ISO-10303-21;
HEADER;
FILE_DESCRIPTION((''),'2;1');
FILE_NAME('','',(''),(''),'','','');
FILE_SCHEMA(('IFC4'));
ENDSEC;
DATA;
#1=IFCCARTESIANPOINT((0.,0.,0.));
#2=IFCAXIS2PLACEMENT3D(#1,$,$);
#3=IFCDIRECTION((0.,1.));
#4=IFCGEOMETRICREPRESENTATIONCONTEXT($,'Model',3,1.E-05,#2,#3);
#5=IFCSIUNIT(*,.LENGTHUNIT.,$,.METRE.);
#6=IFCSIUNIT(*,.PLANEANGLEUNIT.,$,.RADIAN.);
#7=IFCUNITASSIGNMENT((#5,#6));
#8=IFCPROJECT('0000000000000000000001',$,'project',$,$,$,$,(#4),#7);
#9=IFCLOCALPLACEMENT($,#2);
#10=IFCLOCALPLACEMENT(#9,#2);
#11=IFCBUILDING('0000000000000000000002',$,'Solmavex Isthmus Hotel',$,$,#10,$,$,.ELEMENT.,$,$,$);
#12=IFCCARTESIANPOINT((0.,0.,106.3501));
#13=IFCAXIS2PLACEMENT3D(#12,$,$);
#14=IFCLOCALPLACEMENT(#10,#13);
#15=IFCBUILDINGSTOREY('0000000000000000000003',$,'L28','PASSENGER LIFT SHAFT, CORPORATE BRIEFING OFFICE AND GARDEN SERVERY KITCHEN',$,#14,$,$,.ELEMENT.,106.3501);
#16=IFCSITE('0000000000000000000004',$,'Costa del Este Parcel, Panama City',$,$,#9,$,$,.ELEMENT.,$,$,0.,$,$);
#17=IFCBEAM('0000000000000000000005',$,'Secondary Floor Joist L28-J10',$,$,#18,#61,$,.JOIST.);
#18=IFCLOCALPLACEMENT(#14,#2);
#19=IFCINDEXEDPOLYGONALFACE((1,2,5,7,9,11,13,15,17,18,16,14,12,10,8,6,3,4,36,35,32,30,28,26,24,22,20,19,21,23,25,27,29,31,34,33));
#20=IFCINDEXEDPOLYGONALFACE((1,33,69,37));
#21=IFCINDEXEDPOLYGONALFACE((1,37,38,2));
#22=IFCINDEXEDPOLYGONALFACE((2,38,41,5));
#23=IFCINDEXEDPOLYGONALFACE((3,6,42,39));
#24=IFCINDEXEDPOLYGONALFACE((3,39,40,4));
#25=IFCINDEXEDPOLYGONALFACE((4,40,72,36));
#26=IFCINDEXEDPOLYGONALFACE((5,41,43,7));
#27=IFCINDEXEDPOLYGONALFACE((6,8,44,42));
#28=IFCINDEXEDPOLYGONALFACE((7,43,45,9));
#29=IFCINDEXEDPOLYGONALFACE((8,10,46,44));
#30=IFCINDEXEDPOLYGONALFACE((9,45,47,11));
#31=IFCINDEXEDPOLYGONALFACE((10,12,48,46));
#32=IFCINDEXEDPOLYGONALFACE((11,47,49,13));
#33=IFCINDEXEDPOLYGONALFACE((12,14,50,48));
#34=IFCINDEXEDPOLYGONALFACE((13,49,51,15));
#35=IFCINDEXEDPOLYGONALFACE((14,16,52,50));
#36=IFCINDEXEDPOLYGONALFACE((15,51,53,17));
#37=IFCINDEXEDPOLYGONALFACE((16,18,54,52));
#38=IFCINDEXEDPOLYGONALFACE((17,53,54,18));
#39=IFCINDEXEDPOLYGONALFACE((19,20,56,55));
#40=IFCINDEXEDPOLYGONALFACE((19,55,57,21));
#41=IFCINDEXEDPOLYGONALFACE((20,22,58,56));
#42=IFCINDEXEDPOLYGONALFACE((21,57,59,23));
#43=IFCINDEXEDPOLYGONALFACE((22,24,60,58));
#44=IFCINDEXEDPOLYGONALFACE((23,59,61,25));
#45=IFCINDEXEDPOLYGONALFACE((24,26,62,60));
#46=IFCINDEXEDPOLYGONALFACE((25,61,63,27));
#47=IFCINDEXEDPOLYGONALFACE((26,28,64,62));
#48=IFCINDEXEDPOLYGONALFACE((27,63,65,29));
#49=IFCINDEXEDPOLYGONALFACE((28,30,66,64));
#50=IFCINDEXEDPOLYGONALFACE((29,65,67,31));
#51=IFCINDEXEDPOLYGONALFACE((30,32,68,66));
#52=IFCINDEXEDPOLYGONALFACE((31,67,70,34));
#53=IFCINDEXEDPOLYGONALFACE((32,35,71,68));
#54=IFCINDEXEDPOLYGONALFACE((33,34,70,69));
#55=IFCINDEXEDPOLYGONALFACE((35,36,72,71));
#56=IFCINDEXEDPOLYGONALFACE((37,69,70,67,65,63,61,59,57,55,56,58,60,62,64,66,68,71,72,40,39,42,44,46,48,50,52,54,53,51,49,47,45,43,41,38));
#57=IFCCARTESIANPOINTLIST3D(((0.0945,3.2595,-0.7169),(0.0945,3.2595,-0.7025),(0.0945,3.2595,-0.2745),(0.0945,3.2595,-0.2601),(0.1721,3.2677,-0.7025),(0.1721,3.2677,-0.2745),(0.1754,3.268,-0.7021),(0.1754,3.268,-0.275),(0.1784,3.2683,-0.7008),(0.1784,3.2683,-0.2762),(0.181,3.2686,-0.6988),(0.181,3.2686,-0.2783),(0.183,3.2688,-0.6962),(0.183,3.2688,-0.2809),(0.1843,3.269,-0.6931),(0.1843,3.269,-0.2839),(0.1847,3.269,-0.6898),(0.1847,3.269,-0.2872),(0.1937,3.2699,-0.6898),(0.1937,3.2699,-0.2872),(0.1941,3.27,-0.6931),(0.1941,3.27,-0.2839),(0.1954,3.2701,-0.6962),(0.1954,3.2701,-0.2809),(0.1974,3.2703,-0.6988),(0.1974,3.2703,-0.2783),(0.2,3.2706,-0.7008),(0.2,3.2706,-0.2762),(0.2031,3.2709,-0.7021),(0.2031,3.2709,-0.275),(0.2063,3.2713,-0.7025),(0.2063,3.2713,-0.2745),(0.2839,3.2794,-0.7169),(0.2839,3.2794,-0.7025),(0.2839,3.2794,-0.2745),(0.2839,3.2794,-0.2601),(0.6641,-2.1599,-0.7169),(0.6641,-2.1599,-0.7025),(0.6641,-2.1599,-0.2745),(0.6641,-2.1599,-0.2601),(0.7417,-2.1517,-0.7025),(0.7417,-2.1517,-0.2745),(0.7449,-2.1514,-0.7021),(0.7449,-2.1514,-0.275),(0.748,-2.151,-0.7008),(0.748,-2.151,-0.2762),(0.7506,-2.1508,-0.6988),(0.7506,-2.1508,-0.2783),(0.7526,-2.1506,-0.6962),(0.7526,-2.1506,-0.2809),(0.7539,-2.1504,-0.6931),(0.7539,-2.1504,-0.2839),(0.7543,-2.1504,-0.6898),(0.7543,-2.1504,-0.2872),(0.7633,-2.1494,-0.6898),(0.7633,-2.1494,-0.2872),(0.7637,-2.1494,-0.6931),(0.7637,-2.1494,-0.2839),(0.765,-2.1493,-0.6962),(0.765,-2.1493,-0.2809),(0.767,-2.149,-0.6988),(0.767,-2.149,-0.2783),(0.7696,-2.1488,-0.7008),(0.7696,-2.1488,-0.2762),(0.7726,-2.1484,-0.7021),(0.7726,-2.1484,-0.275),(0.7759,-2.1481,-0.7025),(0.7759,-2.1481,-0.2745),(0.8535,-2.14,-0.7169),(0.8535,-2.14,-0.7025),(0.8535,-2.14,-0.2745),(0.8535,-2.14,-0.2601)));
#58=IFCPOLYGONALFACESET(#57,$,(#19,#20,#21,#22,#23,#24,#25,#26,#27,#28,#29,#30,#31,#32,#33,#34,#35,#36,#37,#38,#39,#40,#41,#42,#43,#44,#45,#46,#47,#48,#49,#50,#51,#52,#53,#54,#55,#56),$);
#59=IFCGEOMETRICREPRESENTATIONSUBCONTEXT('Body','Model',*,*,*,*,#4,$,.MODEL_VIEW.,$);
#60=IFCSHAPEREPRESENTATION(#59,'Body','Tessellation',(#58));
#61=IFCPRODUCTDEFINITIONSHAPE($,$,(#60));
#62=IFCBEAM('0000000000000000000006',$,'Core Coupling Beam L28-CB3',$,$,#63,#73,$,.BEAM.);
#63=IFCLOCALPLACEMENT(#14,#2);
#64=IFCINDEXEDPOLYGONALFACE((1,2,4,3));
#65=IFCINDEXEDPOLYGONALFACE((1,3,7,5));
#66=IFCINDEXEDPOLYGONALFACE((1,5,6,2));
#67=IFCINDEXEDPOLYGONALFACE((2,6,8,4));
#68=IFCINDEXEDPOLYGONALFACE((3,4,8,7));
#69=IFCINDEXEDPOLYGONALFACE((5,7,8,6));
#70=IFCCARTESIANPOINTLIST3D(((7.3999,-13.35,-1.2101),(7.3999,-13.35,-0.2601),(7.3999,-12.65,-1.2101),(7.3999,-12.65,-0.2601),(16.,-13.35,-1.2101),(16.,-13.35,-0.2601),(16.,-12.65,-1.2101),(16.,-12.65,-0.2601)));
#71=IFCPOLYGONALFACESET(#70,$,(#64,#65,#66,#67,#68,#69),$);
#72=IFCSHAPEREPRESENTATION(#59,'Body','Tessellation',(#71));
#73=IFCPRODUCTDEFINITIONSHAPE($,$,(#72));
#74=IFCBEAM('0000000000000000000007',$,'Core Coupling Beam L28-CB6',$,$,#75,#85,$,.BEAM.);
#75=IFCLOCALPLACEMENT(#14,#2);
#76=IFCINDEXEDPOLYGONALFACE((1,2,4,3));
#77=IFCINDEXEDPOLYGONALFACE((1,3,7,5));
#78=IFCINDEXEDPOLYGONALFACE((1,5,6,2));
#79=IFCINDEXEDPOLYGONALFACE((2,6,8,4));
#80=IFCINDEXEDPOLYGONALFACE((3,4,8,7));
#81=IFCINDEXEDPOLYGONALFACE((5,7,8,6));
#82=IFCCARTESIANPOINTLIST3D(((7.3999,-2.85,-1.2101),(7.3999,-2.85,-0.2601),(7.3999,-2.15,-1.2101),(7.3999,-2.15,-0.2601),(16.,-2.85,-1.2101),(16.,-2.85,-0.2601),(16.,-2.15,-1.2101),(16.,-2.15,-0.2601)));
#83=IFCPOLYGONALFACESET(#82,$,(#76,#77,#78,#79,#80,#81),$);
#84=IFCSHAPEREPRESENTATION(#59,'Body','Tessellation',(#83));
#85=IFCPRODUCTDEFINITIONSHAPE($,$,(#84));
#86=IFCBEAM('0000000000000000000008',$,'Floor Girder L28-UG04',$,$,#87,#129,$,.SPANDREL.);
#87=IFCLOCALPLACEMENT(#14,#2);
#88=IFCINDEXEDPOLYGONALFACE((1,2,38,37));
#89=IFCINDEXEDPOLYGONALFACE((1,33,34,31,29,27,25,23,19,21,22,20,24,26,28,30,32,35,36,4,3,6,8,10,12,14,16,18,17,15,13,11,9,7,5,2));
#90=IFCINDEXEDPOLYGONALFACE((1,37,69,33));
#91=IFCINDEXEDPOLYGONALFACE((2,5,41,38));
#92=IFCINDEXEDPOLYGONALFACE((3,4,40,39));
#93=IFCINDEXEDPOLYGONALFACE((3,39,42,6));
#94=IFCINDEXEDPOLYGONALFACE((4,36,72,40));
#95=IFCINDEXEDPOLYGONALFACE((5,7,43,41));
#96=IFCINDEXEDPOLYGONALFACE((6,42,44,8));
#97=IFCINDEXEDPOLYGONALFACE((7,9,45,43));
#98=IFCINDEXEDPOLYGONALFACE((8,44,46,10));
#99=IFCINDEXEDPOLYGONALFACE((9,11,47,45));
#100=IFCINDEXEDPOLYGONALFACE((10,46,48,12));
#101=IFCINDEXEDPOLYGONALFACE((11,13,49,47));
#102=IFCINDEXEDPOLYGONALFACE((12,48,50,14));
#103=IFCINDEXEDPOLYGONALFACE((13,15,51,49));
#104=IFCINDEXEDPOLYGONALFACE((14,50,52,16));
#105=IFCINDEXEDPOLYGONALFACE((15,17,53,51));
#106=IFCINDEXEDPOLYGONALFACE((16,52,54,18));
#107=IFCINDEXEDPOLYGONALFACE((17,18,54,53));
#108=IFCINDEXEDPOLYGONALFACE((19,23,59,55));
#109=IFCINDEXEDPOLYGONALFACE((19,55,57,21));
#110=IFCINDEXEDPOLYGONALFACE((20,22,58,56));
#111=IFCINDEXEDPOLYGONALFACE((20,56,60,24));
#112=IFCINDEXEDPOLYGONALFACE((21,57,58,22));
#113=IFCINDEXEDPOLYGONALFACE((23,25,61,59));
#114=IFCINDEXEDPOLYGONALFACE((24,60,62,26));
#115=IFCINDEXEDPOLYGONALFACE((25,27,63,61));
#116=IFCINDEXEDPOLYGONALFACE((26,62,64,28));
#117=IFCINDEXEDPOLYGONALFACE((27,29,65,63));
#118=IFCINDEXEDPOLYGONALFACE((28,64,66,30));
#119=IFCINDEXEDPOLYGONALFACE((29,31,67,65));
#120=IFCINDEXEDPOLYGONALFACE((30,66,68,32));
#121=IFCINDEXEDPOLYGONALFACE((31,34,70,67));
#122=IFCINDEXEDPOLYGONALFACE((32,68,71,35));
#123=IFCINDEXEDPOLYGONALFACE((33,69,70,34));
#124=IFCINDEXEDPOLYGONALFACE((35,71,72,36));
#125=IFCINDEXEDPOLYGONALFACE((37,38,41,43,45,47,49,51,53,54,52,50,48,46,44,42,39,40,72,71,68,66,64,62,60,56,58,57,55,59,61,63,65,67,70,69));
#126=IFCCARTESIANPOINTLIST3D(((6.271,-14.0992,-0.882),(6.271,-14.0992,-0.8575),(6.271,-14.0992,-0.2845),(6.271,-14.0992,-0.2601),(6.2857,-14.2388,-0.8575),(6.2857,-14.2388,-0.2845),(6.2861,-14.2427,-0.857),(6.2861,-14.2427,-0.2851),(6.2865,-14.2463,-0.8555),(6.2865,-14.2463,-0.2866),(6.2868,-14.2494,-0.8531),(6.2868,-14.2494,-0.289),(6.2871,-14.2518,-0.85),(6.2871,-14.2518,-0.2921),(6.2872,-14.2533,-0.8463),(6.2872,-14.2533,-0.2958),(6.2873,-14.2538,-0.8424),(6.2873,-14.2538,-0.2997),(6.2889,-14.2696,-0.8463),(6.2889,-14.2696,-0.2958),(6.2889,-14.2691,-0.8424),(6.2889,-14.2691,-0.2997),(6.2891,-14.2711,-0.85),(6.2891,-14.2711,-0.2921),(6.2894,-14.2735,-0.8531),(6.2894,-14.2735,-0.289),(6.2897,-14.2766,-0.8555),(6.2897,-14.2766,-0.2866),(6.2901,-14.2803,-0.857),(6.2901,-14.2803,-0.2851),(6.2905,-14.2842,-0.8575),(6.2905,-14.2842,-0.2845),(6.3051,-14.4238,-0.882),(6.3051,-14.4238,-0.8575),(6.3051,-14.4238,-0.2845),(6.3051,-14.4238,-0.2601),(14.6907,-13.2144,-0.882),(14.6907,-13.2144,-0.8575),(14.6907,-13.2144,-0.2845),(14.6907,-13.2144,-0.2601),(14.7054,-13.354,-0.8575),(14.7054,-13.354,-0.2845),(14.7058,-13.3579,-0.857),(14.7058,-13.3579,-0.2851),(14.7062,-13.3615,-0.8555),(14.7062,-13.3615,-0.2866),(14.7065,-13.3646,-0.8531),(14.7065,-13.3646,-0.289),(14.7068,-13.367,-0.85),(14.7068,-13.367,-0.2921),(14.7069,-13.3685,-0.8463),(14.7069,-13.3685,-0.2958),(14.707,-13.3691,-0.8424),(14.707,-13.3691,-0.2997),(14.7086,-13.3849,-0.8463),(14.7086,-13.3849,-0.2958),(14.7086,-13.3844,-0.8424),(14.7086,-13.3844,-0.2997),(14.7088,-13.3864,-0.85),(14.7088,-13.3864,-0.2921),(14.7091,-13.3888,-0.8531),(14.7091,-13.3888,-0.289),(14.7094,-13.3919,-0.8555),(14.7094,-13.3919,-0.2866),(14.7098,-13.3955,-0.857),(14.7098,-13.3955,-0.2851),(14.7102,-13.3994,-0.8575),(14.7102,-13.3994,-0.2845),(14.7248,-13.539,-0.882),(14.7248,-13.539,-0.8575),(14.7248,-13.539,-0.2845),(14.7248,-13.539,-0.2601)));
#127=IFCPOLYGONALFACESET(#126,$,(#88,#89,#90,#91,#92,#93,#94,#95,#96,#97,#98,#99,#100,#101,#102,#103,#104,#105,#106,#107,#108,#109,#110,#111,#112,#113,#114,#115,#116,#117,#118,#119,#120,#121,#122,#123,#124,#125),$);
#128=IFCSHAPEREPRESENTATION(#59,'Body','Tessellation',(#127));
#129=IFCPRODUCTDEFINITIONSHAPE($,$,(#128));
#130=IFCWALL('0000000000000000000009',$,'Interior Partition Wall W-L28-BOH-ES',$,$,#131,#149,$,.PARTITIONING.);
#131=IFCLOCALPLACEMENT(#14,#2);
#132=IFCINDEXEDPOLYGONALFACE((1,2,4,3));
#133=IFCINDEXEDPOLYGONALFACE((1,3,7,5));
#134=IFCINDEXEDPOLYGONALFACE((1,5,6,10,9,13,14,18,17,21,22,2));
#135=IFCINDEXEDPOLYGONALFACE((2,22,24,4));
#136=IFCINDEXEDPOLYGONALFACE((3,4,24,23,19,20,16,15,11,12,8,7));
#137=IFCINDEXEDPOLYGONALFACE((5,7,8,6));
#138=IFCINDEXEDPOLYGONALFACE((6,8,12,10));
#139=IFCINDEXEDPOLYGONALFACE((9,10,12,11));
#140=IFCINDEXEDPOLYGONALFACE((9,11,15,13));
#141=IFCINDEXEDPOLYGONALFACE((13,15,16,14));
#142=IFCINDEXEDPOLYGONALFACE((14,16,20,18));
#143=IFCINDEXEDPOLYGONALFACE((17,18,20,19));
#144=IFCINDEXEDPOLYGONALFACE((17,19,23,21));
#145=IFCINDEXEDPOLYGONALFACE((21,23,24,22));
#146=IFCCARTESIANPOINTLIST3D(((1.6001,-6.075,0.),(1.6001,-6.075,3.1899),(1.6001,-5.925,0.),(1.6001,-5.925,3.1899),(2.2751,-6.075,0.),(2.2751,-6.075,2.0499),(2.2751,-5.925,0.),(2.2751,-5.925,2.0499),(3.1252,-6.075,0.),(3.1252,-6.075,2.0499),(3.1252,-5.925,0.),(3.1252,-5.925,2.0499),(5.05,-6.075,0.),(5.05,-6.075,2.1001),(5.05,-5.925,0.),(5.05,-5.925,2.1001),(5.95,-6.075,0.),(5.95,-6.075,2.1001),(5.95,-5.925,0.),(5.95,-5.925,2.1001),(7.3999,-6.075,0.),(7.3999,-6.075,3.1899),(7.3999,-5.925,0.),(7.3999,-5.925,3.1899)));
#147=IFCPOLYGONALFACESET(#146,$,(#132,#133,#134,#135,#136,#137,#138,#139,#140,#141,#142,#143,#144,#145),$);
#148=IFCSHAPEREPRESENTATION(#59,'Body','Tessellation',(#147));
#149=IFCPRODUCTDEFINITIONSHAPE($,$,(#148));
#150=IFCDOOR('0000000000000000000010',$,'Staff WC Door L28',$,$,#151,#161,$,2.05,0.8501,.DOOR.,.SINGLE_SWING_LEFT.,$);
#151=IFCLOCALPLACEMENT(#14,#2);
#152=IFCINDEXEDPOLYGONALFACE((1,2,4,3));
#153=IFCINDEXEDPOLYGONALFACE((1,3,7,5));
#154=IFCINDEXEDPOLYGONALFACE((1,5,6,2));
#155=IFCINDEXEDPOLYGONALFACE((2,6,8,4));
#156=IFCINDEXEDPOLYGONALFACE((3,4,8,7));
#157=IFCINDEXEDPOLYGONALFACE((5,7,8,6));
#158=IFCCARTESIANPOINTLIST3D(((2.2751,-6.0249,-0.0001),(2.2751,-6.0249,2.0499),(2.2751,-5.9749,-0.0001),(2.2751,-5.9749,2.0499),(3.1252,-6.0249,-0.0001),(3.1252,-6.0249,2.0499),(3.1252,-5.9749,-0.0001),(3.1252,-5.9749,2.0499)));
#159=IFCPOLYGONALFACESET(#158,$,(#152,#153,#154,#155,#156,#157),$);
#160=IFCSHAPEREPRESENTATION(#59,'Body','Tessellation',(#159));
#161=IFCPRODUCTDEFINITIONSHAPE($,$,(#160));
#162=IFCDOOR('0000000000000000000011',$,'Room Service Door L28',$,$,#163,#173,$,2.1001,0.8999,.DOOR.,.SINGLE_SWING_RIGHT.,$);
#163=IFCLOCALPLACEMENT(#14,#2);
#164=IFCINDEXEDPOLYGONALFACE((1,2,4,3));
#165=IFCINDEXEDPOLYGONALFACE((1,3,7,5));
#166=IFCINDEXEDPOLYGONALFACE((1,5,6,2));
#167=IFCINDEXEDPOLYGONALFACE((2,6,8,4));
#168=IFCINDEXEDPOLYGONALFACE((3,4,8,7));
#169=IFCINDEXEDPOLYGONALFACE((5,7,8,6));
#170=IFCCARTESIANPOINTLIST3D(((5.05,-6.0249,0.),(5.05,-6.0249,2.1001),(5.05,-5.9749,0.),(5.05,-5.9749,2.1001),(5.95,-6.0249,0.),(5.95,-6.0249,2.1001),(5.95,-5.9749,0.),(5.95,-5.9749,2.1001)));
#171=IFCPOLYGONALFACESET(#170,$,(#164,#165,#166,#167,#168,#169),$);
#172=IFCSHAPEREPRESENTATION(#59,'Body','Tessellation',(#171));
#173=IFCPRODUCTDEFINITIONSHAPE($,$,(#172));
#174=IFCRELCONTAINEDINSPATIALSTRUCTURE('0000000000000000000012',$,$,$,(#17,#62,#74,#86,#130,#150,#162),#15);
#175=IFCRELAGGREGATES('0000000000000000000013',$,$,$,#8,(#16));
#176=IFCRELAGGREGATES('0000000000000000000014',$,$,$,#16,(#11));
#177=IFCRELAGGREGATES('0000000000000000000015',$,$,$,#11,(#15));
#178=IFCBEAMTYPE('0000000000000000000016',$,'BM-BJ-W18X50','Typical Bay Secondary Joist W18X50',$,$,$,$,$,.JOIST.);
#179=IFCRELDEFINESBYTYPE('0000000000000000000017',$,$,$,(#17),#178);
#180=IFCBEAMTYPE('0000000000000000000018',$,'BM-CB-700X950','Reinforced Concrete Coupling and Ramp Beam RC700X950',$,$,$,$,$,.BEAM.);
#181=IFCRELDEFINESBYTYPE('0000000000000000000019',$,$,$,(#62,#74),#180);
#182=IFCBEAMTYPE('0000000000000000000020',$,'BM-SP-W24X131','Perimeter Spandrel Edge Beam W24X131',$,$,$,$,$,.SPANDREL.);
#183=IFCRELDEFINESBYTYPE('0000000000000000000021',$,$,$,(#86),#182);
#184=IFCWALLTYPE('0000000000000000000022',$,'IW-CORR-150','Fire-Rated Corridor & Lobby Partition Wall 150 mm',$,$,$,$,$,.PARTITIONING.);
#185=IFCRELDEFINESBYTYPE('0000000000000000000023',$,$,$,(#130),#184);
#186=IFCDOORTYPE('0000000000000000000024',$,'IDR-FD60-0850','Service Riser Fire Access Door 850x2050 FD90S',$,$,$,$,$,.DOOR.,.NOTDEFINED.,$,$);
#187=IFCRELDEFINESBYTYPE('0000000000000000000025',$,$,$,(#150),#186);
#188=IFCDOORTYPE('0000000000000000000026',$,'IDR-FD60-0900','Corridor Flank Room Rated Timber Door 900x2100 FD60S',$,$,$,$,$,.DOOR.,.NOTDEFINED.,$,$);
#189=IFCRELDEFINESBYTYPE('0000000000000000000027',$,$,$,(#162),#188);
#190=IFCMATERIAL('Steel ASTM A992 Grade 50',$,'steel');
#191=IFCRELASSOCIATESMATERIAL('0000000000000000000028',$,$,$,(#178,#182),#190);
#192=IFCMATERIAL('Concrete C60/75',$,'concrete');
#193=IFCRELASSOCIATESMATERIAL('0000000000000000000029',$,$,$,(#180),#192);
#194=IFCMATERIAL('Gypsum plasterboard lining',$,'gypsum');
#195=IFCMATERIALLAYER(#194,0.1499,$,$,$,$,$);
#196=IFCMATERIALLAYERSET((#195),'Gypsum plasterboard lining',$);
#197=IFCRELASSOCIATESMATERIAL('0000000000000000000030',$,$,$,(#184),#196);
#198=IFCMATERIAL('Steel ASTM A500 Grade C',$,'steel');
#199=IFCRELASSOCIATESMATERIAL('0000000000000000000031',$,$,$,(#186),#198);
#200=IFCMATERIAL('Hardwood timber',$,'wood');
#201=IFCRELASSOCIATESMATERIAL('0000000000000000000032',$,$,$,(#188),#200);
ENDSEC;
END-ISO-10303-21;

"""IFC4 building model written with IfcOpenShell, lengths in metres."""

from ifc_helpers import new_model, si_unit, direction, frame, frame_2d, origin, origin_2d, place, context, subcontext, project, spatial, rectangle, i_section, extrude, material, layer, layer_set, material_profile, profile_set, type_object, element, fill, save


model = new_model("IFC4")

# Units and contexts
model_context = context("Model", 3, precision=1e-05, world=origin(), true_north=direction((0.0, 1.0)))
body_context = subcontext(model_context, "Body", "Model", "MODEL_VIEW")
ifc_project = project(units=[si_unit("LENGTHUNIT", "METRE"), si_unit("PLANEANGLEUNIT", "RADIAN")], contexts=[model_context])

# Site, building, storey
site_placement = place(None, origin())
site = spatial("IfcSite", under=ifc_project, at=site_placement, Name="Costa del Este Parcel, Panama City", CompositionType="ELEMENT", RefElevation=0.0)
building_placement = place(site_placement, origin())
building = spatial("IfcBuilding", under=site, at=building_placement, Name="Solmavex Isthmus Hotel", CompositionType="ELEMENT")
storey_placement = place(building_placement, frame((0.0, 0.0, 106.3501)))
storey = spatial("IfcBuildingStorey", under=building, at=storey_placement, Name="L28", Description="PASSENGER LIFT SHAFT, CORPORATE BRIEFING OFFICE AND GARDEN SERVERY KITCHEN", CompositionType="ELEMENT", Elevation=106.3501)

# Shared definitions
ifc_material_1 = material(Name="Concrete C60/75", Category="concrete")

# Beams
ifc_material_2 = material(Name="Steel ASTM A992 Grade 50", Category="steel")
ifc_material_profile_1 = material_profile(ifc_material_2, i_section(OverallWidth=0.1904, OverallDepth=0.4568, WebThickness=0.009, FlangeThickness=0.0144, FilletRadius=0.0127, at=origin_2d()), Name="W18X50")
ifc_profile_set_1 = profile_set([ifc_material_profile_1], Name="Steel ASTM A992 Grade 50")
beam_type_1 = type_object("IfcBeamType", Name="BM-BJ-W18X50", Description="Typical Bay Secondary Joist W18X50", PredefinedType="JOIST", material=ifc_profile_set_1)
beam_1_placement = place(storey_placement, frame((0.7588, -2.1499, -0.4885), z_axis=(-0.104524, 0.994522, 0.0), x_axis=(-0.994522, -0.104524, 0.0)))
element("IfcBeam", 1, at=beam_1_placement, inside=storey, type_object=beam_type_1, Name="Secondary Floor Joist L28-J10", PredefinedType="JOIST", context=body_context, shape_type="SweptSolid", body=[
    extrude(i_section(OverallWidth=0.1904, OverallDepth=0.4568, WebThickness=0.009, FlangeThickness=0.0144, FilletRadius=0.0127, at=origin_2d()), origin(), (0.0, 0.0, 1.0), 5.4492),
])
ifc_material_profile_2 = material_profile(ifc_material_1, rectangle(XDim=0.7, YDim=0.95, at=origin_2d()), Name="RC700X950")
ifc_profile_set_2 = profile_set([ifc_material_profile_2], Name="Concrete C60/75")
beam_type_2 = type_object("IfcBeamType", Name="BM-CB-700X950", Description="Reinforced Concrete Coupling and Ramp Beam RC700X950", PredefinedType="BEAM", material=ifc_profile_set_2)
for number, where, z_axis, x_axis, name in (
    (2, (7.3999, -13.0, -0.7351), (1.0, 0.0, 0.0), (0.0, 1.0, 0.0), "Core Coupling Beam L28-CB3"),
    (3, (7.3999, -2.5, -0.7351), (1.0, 0.0, 0.0), (0.0, 1.0, 0.0), "Core Coupling Beam L28-CB6"),
):
    element("IfcBeam", number, at=place(storey_placement, frame(where, z_axis=z_axis, x_axis=x_axis)), inside=storey, type_object=beam_type_2, Name=name, PredefinedType="BEAM", context=body_context, shape_type="SweptSolid", body=[
        extrude(rectangle(XDim=0.7, YDim=0.95, at=origin_2d()), origin(), (0.0, 0.0, 1.0), 8.6001),
    ])
ifc_material_profile_3 = material_profile(ifc_material_2, i_section(OverallWidth=0.3264, OverallDepth=0.6218, WebThickness=0.0154, FlangeThickness=0.0244, FilletRadius=0.0151, at=origin_2d()), Name="W24X131")
ifc_profile_set_3 = profile_set([ifc_material_profile_3], Name="Steel ASTM A992 Grade 50")
beam_type_3 = type_object("IfcBeamType", Name="BM-SP-W24X131", Description="Perimeter Spandrel Edge Beam W24X131", PredefinedType="SPANDREL", material=ifc_profile_set_3)
beam_2_placement = place(storey_placement, frame((6.2881, -14.2615, -0.571), z_axis=(0.994524, 0.104508, 0.0), x_axis=(-0.104508, 0.994524, 0.0)))
element("IfcBeam", 4, at=beam_2_placement, inside=storey, type_object=beam_type_3, Name="Floor Girder L28-UG04", PredefinedType="SPANDREL", context=body_context, shape_type="SweptSolid", body=[
    extrude(i_section(OverallWidth=0.3264, OverallDepth=0.6218, WebThickness=0.0154, FlangeThickness=0.0244, FilletRadius=0.0151, at=origin_2d()), origin(), (0.0, 0.0, 1.0), 8.4661),
])

# Wall, openings, doors
ifc_material_3 = material(Name="Gypsum plasterboard lining", Category="gypsum")
ifc_layer_1 = layer(ifc_material_3, 0.1499)
ifc_layer_set_1 = layer_set([ifc_layer_1], Name="Gypsum plasterboard lining")
wall_type_1 = type_object("IfcWallType", Name="IW-CORR-150", Description="Fire-Rated Corridor & Lobby Partition Wall 150 mm", PredefinedType="PARTITIONING", material=ifc_layer_set_1)
wall_1_placement = place(storey_placement, frame((1.6001, -6.0, 0.0), z_axis=(0.0, 0.0, 1.0), x_axis=(1.0, 0.0, 0.0)))
wall_1 = element("IfcWall", 5, at=wall_1_placement, inside=storey, type_object=wall_type_1, Name="Interior Partition Wall W-L28-BOH-ES", PredefinedType="PARTITIONING", context=body_context, shape_type="SweptSolid", body=[
    extrude(rectangle(XDim=5.7998, YDim=0.1499, at=frame_2d((2.8999, 0.0))), origin(), (0.0, 0.0, 1.0), 3.1899),
])
opening_1_placement = place(wall_1_placement, frame((0.675, 0.0, 0.0)))
opening_1 = element("IfcOpeningElement", 6, at=opening_1_placement, cuts=wall_1, PredefinedType="OPENING", context=body_context, shape_type="SweptSolid", body=[
    extrude(rectangle(XDim=0.8501, YDim=2.05, at=frame_2d((0.425, 1.0249))), frame((0.0, 0.085, 0.0), z_axis=(0.0, -1.0, 0.0), x_axis=(1.0, 0.0, 0.0)), (0.0, 0.0, 1.0), 0.1699),
])
opening_2_placement = place(wall_1_placement, frame((3.45, 0.0, 0.0)))
opening_2 = element("IfcOpeningElement", 7, at=opening_2_placement, cuts=wall_1, PredefinedType="OPENING", context=body_context, shape_type="SweptSolid", body=[
    extrude(rectangle(XDim=0.8999, YDim=2.1001, at=frame_2d((0.45, 1.05))), frame((0.0, 0.085, 0.0), z_axis=(0.0, -1.0, 0.0), x_axis=(1.0, 0.0, 0.0)), (0.0, 0.0, 1.0), 0.1699),
])
ifc_material_4 = material(Name="Steel ASTM A500 Grade C", Category="steel")
door_type_1 = type_object("IfcDoorType", Name="IDR-FD60-0850", Description="Service Riser Fire Access Door 850x2050 FD90S", OperationType="NOTDEFINED", PredefinedType="DOOR", material=ifc_material_4)
door_1_placement = place(opening_1_placement, frame((0.8501, 0.0, 0.0), z_axis=(0.0, 0.0, 1.0), x_axis=(-1.0, 0.0, 0.0)))
door_1 = element("IfcDoor", 8, at=door_1_placement, inside=storey, type_object=door_type_1, Name="Staff WC Door L28", OperationType="SINGLE_SWING_LEFT", OverallHeight=2.05, OverallWidth=0.8501, PredefinedType="DOOR", context=body_context, shape_type="SweptSolid", body=[
    extrude(rectangle(XDim=0.8501, YDim=2.05, at=frame_2d((0.425, 1.0249))), frame((0.0, 0.0249, 0.0), z_axis=(0.0, -1.0, 0.0), x_axis=(1.0, 0.0, 0.0)), (0.0, 0.0, 1.0), 0.05),
])
fill(opening_1, door_1)
ifc_material_5 = material(Name="Hardwood timber", Category="wood")
door_type_2 = type_object("IfcDoorType", Name="IDR-FD60-0900", Description="Corridor Flank Room Rated Timber Door 900x2100 FD60S", OperationType="NOTDEFINED", PredefinedType="DOOR", material=ifc_material_5)
door_2_placement = place(opening_2_placement, frame((0.8999, 0.0, 0.0), z_axis=(0.0, 0.0, 1.0), x_axis=(-1.0, 0.0, 0.0)))
door_2 = element("IfcDoor", 9, at=door_2_placement, inside=storey, type_object=door_type_2, Name="Room Service Door L28", OperationType="SINGLE_SWING_RIGHT", OverallHeight=2.1001, OverallWidth=0.8999, PredefinedType="DOOR", context=body_context, shape_type="SweptSolid", body=[
    extrude(rectangle(XDim=0.8999, YDim=2.1001, at=frame_2d((0.45, 1.05))), frame((0.0, 0.0249, 0.0), z_axis=(0.0, -1.0, 0.0), x_axis=(1.0, 0.0, 0.0)), (0.0, 0.0, 1.0), 0.05),
])
fill(opening_2, door_2)

save(model, "model.ifc")
